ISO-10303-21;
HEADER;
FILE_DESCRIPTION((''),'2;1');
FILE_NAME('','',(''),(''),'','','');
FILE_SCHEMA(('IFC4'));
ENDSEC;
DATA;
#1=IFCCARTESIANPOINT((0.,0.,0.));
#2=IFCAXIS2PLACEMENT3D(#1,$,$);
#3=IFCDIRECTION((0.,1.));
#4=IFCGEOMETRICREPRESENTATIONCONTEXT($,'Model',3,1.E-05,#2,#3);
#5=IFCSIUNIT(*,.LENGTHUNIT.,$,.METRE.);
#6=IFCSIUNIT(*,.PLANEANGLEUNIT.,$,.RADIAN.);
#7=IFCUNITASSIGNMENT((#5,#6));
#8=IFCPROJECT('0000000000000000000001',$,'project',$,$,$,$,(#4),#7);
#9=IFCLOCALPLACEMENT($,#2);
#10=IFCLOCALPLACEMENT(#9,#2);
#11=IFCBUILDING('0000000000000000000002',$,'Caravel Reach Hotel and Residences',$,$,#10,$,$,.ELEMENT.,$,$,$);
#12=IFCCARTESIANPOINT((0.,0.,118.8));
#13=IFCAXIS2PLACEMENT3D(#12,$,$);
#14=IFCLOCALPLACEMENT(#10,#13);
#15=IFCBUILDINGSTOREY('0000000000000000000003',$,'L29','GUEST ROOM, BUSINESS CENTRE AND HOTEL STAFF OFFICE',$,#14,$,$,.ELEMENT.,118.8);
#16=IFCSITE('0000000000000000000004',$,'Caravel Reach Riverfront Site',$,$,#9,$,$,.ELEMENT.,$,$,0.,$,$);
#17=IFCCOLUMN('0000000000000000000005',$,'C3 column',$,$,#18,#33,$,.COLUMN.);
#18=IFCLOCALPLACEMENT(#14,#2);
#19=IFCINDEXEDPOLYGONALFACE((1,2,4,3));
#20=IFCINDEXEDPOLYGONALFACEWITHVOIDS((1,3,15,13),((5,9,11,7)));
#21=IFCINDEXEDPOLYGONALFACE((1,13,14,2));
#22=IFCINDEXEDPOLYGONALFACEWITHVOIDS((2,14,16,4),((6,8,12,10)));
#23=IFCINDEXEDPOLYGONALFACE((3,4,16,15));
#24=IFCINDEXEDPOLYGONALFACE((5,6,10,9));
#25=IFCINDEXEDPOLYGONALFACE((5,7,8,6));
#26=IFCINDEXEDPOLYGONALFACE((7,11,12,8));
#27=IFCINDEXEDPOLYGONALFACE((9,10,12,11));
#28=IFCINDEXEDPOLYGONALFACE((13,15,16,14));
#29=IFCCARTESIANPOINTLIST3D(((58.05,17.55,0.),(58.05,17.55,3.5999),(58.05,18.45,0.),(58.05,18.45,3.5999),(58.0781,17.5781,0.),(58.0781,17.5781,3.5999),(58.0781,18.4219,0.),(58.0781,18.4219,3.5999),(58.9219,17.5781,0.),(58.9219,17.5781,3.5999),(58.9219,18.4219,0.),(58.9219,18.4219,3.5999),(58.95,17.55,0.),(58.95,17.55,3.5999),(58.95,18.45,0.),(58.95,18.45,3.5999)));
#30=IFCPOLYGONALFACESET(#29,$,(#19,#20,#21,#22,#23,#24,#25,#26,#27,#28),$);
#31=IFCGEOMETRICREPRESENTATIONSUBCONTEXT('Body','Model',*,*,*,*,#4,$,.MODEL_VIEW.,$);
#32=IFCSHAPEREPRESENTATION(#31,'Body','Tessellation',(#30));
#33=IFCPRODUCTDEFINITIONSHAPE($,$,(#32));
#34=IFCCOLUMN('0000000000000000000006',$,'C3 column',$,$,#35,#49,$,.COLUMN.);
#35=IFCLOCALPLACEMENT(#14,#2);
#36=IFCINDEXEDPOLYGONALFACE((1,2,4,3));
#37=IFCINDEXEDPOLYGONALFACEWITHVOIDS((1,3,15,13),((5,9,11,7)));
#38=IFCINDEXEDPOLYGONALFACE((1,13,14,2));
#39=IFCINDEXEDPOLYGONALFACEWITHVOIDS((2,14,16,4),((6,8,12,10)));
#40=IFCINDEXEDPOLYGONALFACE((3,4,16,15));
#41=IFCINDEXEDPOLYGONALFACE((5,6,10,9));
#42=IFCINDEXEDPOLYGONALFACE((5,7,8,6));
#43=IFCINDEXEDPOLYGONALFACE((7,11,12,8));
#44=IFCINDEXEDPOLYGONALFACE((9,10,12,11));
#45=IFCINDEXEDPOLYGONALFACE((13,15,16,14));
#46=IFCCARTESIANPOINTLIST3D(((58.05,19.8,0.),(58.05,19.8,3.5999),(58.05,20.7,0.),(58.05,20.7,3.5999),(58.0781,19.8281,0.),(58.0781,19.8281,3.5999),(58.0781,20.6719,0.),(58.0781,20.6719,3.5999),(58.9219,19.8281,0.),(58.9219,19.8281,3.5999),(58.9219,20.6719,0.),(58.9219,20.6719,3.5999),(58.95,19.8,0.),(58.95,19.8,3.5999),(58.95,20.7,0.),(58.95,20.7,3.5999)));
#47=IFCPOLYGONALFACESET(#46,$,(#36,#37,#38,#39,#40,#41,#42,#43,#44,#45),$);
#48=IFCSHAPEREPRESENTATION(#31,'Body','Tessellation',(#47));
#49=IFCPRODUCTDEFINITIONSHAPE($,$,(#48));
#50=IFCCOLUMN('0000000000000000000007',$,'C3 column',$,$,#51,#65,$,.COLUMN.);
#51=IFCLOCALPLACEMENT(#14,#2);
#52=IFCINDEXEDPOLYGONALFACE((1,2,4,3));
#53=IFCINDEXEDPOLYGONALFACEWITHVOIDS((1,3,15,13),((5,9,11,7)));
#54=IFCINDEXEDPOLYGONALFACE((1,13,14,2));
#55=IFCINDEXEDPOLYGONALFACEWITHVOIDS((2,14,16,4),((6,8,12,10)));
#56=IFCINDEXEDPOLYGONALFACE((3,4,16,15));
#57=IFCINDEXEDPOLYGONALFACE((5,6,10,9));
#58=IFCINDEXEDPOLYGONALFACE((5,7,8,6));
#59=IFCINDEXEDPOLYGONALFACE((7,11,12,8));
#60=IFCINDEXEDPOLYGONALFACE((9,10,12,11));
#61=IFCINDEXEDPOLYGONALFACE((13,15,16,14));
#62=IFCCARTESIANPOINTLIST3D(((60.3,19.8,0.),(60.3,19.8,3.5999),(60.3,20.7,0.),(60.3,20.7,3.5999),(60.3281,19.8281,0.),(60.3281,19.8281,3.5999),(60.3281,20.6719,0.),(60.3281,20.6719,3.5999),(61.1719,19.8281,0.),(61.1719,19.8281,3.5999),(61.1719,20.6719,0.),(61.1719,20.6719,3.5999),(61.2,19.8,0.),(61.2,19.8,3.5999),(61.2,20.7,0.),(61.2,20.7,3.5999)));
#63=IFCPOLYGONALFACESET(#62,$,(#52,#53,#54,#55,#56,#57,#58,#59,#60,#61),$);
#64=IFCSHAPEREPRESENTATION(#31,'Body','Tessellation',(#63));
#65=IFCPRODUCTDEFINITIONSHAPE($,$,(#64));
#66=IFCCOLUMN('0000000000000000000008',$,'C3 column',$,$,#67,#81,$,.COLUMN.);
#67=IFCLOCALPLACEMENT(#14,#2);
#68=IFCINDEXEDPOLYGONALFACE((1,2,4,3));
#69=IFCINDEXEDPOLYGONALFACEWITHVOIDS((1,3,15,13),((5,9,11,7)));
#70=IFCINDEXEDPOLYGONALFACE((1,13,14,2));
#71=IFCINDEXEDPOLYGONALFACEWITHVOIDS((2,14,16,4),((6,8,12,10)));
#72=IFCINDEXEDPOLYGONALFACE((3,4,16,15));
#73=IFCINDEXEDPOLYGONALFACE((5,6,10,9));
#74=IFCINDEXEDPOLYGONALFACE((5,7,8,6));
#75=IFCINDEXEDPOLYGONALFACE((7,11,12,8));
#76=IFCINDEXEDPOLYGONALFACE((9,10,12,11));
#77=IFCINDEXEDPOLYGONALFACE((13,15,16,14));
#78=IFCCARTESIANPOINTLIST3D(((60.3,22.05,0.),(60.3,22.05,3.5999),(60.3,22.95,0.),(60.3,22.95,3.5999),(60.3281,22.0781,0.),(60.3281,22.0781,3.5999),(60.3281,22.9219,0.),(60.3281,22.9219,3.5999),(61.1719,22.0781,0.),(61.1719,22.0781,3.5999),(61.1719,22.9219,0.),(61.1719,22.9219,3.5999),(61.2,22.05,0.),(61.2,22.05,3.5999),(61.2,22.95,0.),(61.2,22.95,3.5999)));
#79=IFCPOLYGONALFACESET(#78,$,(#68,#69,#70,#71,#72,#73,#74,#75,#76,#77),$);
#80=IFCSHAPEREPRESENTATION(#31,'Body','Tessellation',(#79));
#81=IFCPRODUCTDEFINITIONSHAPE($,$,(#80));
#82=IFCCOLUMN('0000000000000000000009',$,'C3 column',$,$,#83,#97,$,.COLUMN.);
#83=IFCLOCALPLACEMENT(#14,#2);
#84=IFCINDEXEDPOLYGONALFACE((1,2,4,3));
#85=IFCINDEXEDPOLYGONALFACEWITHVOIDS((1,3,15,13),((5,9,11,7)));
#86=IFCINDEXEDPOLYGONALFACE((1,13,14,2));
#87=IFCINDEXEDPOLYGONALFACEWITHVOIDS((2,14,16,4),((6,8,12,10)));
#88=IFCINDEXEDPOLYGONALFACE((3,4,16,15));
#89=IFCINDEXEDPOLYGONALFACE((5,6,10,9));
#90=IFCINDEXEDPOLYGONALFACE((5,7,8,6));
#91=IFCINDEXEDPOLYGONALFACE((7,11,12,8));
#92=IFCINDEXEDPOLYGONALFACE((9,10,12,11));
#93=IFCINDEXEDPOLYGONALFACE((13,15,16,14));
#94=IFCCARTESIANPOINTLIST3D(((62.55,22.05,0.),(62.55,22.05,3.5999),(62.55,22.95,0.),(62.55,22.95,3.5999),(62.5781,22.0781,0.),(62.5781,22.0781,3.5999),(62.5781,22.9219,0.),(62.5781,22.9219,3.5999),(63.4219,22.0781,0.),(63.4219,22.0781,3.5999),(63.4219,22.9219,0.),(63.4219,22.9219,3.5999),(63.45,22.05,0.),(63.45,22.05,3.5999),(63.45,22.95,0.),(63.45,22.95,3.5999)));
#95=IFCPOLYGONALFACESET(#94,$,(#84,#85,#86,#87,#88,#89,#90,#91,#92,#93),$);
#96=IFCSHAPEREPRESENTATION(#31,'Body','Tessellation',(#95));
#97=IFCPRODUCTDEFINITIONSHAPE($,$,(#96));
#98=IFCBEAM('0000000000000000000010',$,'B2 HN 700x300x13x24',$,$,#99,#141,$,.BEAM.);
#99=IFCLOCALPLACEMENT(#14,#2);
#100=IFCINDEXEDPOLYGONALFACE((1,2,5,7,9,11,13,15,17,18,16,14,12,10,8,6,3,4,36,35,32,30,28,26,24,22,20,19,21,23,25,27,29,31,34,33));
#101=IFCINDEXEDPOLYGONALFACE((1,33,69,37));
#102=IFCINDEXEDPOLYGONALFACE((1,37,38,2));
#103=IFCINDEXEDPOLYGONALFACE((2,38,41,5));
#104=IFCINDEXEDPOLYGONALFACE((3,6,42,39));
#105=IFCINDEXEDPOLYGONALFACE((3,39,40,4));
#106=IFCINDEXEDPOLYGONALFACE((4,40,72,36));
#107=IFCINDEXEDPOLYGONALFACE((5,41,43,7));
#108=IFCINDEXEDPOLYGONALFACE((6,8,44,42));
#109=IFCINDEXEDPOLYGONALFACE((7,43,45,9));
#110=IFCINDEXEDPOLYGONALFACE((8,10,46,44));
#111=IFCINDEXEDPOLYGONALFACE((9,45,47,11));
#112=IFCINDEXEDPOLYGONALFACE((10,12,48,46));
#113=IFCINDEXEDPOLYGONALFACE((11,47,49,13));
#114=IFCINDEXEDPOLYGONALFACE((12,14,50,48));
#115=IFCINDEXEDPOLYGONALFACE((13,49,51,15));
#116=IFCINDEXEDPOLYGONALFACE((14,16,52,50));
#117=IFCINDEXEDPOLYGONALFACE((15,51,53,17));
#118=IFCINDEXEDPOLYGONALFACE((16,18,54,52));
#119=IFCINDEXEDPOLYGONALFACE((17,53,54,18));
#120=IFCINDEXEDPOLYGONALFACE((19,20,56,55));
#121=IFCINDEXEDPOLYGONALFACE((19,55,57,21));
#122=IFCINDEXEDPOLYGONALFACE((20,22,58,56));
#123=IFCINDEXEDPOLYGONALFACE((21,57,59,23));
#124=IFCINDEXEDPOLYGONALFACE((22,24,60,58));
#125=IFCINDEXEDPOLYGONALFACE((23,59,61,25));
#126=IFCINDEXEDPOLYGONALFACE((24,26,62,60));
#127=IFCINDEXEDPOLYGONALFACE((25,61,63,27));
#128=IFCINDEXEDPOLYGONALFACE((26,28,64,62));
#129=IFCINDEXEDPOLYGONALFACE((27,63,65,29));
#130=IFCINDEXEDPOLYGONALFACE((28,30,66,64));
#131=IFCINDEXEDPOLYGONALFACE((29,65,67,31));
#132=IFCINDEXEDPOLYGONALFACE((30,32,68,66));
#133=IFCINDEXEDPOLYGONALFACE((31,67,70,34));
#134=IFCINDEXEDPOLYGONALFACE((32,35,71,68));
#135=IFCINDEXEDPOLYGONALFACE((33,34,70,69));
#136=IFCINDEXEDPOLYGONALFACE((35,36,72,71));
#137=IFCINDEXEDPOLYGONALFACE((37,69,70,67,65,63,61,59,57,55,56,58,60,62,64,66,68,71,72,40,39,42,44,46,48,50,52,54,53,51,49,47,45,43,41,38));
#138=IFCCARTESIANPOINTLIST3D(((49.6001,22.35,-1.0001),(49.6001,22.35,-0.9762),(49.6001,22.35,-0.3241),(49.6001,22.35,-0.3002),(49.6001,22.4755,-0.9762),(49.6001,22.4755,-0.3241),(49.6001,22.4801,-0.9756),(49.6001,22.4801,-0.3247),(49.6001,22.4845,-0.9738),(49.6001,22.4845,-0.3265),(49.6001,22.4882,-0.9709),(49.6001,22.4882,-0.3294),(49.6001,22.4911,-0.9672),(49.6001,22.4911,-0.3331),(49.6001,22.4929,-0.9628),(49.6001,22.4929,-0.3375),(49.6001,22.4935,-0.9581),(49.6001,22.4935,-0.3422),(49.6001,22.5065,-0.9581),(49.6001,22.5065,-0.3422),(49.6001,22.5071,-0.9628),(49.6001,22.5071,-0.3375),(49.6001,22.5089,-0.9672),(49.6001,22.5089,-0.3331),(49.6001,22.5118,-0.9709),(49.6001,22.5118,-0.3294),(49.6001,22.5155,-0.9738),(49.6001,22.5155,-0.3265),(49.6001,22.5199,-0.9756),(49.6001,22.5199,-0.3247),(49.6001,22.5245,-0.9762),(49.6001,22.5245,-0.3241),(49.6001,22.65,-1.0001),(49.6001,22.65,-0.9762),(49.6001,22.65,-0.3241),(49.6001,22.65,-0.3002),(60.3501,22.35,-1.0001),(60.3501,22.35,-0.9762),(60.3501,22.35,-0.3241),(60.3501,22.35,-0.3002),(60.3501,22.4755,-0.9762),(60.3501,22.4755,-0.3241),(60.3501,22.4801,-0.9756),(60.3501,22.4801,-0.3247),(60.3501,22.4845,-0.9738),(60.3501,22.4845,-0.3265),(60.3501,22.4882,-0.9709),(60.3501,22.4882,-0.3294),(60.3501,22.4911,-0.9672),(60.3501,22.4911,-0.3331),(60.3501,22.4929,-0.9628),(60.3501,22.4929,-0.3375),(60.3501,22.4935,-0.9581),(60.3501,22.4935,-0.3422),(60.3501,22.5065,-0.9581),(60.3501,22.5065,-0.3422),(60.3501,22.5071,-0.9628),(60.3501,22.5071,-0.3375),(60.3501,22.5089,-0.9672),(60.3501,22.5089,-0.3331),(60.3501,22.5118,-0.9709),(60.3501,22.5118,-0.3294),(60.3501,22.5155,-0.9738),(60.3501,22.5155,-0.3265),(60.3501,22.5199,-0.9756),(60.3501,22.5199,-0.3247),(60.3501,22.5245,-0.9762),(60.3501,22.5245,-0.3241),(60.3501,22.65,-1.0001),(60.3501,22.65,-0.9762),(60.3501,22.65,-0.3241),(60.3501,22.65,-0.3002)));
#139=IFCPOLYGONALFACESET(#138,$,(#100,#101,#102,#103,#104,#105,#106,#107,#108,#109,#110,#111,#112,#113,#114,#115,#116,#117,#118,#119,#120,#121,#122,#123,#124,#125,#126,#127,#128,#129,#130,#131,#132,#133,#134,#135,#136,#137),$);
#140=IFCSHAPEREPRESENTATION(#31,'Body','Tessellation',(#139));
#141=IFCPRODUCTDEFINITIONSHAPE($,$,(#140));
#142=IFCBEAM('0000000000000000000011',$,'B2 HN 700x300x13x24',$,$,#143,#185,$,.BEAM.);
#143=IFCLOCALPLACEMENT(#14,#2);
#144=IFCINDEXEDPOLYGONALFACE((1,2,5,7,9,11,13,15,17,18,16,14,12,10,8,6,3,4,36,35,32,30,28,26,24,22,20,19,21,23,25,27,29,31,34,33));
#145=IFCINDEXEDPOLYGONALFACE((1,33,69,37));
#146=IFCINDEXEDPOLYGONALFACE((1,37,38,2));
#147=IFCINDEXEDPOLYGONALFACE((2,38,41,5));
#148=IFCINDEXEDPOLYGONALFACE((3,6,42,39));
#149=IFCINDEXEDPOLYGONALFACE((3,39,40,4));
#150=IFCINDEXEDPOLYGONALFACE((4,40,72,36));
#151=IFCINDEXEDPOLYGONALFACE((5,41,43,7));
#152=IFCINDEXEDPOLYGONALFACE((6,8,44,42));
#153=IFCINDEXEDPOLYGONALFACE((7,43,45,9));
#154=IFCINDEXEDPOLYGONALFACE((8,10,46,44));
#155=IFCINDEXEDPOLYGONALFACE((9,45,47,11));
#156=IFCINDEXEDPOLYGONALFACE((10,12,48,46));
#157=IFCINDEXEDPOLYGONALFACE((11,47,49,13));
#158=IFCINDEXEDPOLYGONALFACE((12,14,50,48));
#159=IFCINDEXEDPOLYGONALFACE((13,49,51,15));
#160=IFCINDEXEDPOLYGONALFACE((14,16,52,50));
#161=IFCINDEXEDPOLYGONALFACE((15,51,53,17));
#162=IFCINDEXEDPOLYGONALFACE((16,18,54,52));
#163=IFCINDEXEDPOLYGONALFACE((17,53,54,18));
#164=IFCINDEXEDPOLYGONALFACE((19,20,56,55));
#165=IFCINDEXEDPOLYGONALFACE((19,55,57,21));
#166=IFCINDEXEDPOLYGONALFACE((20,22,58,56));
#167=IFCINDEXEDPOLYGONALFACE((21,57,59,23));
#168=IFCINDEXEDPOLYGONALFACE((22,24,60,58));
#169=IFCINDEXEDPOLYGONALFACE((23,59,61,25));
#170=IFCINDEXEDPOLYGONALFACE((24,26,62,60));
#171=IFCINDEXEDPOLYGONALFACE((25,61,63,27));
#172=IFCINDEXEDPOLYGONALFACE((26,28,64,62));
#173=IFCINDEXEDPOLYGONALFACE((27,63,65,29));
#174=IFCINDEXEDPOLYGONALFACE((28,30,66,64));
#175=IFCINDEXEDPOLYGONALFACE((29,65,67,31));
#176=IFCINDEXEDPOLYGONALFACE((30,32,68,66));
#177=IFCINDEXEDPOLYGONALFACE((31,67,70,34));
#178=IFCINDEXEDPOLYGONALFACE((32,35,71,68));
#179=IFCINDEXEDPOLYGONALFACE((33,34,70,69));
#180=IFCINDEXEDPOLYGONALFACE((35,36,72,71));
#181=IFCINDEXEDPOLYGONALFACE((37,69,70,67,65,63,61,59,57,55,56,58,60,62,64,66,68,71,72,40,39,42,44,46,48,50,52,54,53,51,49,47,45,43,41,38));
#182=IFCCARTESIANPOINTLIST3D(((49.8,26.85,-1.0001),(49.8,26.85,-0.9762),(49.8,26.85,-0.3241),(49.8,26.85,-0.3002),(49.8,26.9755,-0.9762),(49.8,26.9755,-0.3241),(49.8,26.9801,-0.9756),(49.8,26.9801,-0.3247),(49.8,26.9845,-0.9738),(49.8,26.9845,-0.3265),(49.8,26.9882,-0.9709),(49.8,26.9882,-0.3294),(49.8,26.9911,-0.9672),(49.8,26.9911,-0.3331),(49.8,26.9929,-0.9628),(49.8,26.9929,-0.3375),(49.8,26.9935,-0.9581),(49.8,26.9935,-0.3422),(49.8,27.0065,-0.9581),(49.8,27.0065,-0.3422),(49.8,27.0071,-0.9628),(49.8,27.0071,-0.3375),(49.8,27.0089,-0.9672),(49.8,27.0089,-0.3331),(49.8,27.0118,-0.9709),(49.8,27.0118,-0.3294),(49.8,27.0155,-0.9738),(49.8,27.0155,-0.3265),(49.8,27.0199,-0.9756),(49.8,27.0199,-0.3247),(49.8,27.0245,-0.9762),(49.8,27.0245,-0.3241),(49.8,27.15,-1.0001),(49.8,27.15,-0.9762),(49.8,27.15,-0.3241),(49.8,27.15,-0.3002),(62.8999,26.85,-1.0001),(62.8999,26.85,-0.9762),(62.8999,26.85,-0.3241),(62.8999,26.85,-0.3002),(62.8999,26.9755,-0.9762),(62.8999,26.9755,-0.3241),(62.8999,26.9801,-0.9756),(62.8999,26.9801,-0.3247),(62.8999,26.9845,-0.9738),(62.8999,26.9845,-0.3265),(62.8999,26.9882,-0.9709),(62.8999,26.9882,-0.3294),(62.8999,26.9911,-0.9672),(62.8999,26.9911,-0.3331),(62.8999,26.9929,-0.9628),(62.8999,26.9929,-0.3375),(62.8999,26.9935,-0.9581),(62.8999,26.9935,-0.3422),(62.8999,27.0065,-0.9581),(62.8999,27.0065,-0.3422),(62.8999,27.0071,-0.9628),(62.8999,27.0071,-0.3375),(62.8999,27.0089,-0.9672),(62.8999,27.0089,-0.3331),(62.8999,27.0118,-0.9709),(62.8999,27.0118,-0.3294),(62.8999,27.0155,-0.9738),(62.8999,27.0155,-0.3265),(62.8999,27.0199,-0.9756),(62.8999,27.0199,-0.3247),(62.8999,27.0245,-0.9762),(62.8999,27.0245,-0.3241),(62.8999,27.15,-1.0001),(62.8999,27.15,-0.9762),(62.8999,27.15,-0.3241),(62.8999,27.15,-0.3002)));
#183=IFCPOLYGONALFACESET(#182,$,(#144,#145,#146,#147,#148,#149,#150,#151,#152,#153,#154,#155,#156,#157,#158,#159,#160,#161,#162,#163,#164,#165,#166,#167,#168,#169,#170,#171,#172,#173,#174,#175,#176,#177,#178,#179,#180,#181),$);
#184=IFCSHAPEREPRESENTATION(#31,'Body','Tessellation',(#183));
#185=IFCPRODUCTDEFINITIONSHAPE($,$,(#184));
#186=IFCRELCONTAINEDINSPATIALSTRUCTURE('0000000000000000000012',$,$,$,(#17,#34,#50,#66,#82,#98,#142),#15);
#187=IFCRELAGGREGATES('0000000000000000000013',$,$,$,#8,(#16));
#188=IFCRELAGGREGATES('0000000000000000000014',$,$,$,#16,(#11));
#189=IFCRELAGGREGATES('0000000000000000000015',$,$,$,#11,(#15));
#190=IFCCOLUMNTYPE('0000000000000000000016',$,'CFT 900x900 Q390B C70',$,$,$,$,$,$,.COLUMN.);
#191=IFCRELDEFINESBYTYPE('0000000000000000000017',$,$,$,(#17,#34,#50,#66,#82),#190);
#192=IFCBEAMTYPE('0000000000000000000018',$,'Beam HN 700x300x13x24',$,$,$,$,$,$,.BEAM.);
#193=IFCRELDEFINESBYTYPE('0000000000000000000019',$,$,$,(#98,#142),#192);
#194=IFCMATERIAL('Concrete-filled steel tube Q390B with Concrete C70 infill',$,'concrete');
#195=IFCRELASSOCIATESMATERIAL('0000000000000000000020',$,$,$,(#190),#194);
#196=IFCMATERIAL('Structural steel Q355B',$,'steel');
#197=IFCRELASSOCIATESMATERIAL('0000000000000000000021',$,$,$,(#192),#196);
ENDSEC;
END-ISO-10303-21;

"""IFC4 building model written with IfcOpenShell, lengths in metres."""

from ifc_helpers import new_model, si_unit, direction, frame, origin, origin_2d, place, context, subcontext, project, spatial, hollow_rectangle, i_section, extrude, material, material_profile, profile_set, type_object, element, save


model = new_model("IFC4")

# Units and contexts
model_context = context("Model", 3, precision=1e-05, world=origin(), true_north=direction((0.0, 1.0)))
body_context = subcontext(model_context, "Body", "Model", "MODEL_VIEW")
ifc_project = project(units=[si_unit("LENGTHUNIT", "METRE"), si_unit("PLANEANGLEUNIT", "RADIAN")], contexts=[model_context])

# Site, building, storey
site_placement = place(None, origin())
site = spatial("IfcSite", under=ifc_project, at=site_placement, Name="Caravel Reach Riverfront Site", CompositionType="ELEMENT", RefElevation=0.0)
building_placement = place(site_placement, origin())
building = spatial("IfcBuilding", under=site, at=building_placement, Name="Caravel Reach Hotel and Residences", CompositionType="ELEMENT")
storey_placement = place(building_placement, frame((0.0, 0.0, 118.8)))
storey = spatial("IfcBuildingStorey", under=building, at=storey_placement, Name="L29", Description="GUEST ROOM, BUSINESS CENTRE AND HOTEL STAFF OFFICE", CompositionType="ELEMENT", Elevation=118.8)

# Columns
ifc_material_1 = material(Name="Concrete-filled steel tube Q390B with Concrete C70 infill", Category="concrete")
ifc_material_profile_1 = material_profile(ifc_material_1, hollow_rectangle(XDim=0.8999, YDim=0.8999, WallThickness=0.0281, at=origin_2d()), Name="RHS 900x900x28")
ifc_profile_set_1 = profile_set([ifc_material_profile_1], Name="Concrete-filled steel tube Q390B with Concrete C70 infill")
column_type = type_object("IfcColumnType", Name="CFT 900x900 Q390B C70", PredefinedType="COLUMN", material=ifc_profile_set_1)
for number, where, z_axis, x_axis, name in (
    (1, (58.5, 18.0, 0.0), (0.0, 0.0, 1.0), (1.0, 0.0, 0.0), "C3 column"),
    (2, (58.5, 20.25, 0.0), (0.0, 0.0, 1.0), (1.0, 0.0, 0.0), "C3 column"),
    (3, (60.75, 20.25, 0.0), (0.0, 0.0, 1.0), (1.0, 0.0, 0.0), "C3 column"),
    (4, (60.75, 22.5, 0.0), (0.0, 0.0, 1.0), (1.0, 0.0, 0.0), "C3 column"),
    (5, (63.0, 22.5, 0.0), (0.0, 0.0, 1.0), (1.0, 0.0, 0.0), "C3 column"),
):
    element("IfcColumn", number, at=place(storey_placement, frame(where, z_axis=z_axis, x_axis=x_axis)), inside=storey, type_object=column_type, Name=name, PredefinedType="COLUMN", context=body_context, shape_type="SweptSolid", body=[
        extrude(hollow_rectangle(XDim=0.8999, YDim=0.8999, WallThickness=0.0281, at=origin_2d()), origin(), (0.0, 0.0, 1.0), 3.5999),
    ])

# Beams
ifc_material_2 = material(Name="Structural steel Q355B", Category="steel")
ifc_material_profile_2 = material_profile(ifc_material_2, i_section(OverallWidth=0.3, OverallDepth=0.7, WebThickness=0.0129, FlangeThickness=0.0239, FilletRadius=0.0181, at=origin_2d()), Name="HN 700x300x13x24")
ifc_profile_set_2 = profile_set([ifc_material_profile_2], Name="Structural steel Q355B")
beam_type_1 = type_object("IfcBeamType", Name="Beam HN 700x300x13x24", PredefinedType="BEAM", material=ifc_profile_set_2)
beam_1_placement = place(storey_placement, frame((49.6001, 22.5, -0.6501), z_axis=(1.0, 0.0, 0.0), x_axis=(0.0, 1.0, 0.0)))
element("IfcBeam", 6, at=beam_1_placement, inside=storey, type_object=beam_type_1, Name="B2 HN 700x300x13x24", PredefinedType="BEAM", context=body_context, shape_type="SweptSolid", body=[
    extrude(i_section(OverallWidth=0.3, OverallDepth=0.7, WebThickness=0.0129, FlangeThickness=0.0239, FilletRadius=0.0181, at=origin_2d()), origin(), (0.0, 0.0, 1.0), 10.75),
])
beam_2_placement = place(storey_placement, frame((49.8, 27.0, -0.6501), z_axis=(1.0, 0.0, 0.0), x_axis=(0.0, 1.0, 0.0)))
element("IfcBeam", 7, at=beam_2_placement, inside=storey, type_object=beam_type_1, Name="B2 HN 700x300x13x24", PredefinedType="BEAM", context=body_context, shape_type="SweptSolid", body=[
    extrude(i_section(OverallWidth=0.3, OverallDepth=0.7, WebThickness=0.0129, FlangeThickness=0.0239, FilletRadius=0.0181, at=origin_2d()), origin(), (0.0, 0.0, 1.0), 13.0999),
])

save(model, "model.ifc")
